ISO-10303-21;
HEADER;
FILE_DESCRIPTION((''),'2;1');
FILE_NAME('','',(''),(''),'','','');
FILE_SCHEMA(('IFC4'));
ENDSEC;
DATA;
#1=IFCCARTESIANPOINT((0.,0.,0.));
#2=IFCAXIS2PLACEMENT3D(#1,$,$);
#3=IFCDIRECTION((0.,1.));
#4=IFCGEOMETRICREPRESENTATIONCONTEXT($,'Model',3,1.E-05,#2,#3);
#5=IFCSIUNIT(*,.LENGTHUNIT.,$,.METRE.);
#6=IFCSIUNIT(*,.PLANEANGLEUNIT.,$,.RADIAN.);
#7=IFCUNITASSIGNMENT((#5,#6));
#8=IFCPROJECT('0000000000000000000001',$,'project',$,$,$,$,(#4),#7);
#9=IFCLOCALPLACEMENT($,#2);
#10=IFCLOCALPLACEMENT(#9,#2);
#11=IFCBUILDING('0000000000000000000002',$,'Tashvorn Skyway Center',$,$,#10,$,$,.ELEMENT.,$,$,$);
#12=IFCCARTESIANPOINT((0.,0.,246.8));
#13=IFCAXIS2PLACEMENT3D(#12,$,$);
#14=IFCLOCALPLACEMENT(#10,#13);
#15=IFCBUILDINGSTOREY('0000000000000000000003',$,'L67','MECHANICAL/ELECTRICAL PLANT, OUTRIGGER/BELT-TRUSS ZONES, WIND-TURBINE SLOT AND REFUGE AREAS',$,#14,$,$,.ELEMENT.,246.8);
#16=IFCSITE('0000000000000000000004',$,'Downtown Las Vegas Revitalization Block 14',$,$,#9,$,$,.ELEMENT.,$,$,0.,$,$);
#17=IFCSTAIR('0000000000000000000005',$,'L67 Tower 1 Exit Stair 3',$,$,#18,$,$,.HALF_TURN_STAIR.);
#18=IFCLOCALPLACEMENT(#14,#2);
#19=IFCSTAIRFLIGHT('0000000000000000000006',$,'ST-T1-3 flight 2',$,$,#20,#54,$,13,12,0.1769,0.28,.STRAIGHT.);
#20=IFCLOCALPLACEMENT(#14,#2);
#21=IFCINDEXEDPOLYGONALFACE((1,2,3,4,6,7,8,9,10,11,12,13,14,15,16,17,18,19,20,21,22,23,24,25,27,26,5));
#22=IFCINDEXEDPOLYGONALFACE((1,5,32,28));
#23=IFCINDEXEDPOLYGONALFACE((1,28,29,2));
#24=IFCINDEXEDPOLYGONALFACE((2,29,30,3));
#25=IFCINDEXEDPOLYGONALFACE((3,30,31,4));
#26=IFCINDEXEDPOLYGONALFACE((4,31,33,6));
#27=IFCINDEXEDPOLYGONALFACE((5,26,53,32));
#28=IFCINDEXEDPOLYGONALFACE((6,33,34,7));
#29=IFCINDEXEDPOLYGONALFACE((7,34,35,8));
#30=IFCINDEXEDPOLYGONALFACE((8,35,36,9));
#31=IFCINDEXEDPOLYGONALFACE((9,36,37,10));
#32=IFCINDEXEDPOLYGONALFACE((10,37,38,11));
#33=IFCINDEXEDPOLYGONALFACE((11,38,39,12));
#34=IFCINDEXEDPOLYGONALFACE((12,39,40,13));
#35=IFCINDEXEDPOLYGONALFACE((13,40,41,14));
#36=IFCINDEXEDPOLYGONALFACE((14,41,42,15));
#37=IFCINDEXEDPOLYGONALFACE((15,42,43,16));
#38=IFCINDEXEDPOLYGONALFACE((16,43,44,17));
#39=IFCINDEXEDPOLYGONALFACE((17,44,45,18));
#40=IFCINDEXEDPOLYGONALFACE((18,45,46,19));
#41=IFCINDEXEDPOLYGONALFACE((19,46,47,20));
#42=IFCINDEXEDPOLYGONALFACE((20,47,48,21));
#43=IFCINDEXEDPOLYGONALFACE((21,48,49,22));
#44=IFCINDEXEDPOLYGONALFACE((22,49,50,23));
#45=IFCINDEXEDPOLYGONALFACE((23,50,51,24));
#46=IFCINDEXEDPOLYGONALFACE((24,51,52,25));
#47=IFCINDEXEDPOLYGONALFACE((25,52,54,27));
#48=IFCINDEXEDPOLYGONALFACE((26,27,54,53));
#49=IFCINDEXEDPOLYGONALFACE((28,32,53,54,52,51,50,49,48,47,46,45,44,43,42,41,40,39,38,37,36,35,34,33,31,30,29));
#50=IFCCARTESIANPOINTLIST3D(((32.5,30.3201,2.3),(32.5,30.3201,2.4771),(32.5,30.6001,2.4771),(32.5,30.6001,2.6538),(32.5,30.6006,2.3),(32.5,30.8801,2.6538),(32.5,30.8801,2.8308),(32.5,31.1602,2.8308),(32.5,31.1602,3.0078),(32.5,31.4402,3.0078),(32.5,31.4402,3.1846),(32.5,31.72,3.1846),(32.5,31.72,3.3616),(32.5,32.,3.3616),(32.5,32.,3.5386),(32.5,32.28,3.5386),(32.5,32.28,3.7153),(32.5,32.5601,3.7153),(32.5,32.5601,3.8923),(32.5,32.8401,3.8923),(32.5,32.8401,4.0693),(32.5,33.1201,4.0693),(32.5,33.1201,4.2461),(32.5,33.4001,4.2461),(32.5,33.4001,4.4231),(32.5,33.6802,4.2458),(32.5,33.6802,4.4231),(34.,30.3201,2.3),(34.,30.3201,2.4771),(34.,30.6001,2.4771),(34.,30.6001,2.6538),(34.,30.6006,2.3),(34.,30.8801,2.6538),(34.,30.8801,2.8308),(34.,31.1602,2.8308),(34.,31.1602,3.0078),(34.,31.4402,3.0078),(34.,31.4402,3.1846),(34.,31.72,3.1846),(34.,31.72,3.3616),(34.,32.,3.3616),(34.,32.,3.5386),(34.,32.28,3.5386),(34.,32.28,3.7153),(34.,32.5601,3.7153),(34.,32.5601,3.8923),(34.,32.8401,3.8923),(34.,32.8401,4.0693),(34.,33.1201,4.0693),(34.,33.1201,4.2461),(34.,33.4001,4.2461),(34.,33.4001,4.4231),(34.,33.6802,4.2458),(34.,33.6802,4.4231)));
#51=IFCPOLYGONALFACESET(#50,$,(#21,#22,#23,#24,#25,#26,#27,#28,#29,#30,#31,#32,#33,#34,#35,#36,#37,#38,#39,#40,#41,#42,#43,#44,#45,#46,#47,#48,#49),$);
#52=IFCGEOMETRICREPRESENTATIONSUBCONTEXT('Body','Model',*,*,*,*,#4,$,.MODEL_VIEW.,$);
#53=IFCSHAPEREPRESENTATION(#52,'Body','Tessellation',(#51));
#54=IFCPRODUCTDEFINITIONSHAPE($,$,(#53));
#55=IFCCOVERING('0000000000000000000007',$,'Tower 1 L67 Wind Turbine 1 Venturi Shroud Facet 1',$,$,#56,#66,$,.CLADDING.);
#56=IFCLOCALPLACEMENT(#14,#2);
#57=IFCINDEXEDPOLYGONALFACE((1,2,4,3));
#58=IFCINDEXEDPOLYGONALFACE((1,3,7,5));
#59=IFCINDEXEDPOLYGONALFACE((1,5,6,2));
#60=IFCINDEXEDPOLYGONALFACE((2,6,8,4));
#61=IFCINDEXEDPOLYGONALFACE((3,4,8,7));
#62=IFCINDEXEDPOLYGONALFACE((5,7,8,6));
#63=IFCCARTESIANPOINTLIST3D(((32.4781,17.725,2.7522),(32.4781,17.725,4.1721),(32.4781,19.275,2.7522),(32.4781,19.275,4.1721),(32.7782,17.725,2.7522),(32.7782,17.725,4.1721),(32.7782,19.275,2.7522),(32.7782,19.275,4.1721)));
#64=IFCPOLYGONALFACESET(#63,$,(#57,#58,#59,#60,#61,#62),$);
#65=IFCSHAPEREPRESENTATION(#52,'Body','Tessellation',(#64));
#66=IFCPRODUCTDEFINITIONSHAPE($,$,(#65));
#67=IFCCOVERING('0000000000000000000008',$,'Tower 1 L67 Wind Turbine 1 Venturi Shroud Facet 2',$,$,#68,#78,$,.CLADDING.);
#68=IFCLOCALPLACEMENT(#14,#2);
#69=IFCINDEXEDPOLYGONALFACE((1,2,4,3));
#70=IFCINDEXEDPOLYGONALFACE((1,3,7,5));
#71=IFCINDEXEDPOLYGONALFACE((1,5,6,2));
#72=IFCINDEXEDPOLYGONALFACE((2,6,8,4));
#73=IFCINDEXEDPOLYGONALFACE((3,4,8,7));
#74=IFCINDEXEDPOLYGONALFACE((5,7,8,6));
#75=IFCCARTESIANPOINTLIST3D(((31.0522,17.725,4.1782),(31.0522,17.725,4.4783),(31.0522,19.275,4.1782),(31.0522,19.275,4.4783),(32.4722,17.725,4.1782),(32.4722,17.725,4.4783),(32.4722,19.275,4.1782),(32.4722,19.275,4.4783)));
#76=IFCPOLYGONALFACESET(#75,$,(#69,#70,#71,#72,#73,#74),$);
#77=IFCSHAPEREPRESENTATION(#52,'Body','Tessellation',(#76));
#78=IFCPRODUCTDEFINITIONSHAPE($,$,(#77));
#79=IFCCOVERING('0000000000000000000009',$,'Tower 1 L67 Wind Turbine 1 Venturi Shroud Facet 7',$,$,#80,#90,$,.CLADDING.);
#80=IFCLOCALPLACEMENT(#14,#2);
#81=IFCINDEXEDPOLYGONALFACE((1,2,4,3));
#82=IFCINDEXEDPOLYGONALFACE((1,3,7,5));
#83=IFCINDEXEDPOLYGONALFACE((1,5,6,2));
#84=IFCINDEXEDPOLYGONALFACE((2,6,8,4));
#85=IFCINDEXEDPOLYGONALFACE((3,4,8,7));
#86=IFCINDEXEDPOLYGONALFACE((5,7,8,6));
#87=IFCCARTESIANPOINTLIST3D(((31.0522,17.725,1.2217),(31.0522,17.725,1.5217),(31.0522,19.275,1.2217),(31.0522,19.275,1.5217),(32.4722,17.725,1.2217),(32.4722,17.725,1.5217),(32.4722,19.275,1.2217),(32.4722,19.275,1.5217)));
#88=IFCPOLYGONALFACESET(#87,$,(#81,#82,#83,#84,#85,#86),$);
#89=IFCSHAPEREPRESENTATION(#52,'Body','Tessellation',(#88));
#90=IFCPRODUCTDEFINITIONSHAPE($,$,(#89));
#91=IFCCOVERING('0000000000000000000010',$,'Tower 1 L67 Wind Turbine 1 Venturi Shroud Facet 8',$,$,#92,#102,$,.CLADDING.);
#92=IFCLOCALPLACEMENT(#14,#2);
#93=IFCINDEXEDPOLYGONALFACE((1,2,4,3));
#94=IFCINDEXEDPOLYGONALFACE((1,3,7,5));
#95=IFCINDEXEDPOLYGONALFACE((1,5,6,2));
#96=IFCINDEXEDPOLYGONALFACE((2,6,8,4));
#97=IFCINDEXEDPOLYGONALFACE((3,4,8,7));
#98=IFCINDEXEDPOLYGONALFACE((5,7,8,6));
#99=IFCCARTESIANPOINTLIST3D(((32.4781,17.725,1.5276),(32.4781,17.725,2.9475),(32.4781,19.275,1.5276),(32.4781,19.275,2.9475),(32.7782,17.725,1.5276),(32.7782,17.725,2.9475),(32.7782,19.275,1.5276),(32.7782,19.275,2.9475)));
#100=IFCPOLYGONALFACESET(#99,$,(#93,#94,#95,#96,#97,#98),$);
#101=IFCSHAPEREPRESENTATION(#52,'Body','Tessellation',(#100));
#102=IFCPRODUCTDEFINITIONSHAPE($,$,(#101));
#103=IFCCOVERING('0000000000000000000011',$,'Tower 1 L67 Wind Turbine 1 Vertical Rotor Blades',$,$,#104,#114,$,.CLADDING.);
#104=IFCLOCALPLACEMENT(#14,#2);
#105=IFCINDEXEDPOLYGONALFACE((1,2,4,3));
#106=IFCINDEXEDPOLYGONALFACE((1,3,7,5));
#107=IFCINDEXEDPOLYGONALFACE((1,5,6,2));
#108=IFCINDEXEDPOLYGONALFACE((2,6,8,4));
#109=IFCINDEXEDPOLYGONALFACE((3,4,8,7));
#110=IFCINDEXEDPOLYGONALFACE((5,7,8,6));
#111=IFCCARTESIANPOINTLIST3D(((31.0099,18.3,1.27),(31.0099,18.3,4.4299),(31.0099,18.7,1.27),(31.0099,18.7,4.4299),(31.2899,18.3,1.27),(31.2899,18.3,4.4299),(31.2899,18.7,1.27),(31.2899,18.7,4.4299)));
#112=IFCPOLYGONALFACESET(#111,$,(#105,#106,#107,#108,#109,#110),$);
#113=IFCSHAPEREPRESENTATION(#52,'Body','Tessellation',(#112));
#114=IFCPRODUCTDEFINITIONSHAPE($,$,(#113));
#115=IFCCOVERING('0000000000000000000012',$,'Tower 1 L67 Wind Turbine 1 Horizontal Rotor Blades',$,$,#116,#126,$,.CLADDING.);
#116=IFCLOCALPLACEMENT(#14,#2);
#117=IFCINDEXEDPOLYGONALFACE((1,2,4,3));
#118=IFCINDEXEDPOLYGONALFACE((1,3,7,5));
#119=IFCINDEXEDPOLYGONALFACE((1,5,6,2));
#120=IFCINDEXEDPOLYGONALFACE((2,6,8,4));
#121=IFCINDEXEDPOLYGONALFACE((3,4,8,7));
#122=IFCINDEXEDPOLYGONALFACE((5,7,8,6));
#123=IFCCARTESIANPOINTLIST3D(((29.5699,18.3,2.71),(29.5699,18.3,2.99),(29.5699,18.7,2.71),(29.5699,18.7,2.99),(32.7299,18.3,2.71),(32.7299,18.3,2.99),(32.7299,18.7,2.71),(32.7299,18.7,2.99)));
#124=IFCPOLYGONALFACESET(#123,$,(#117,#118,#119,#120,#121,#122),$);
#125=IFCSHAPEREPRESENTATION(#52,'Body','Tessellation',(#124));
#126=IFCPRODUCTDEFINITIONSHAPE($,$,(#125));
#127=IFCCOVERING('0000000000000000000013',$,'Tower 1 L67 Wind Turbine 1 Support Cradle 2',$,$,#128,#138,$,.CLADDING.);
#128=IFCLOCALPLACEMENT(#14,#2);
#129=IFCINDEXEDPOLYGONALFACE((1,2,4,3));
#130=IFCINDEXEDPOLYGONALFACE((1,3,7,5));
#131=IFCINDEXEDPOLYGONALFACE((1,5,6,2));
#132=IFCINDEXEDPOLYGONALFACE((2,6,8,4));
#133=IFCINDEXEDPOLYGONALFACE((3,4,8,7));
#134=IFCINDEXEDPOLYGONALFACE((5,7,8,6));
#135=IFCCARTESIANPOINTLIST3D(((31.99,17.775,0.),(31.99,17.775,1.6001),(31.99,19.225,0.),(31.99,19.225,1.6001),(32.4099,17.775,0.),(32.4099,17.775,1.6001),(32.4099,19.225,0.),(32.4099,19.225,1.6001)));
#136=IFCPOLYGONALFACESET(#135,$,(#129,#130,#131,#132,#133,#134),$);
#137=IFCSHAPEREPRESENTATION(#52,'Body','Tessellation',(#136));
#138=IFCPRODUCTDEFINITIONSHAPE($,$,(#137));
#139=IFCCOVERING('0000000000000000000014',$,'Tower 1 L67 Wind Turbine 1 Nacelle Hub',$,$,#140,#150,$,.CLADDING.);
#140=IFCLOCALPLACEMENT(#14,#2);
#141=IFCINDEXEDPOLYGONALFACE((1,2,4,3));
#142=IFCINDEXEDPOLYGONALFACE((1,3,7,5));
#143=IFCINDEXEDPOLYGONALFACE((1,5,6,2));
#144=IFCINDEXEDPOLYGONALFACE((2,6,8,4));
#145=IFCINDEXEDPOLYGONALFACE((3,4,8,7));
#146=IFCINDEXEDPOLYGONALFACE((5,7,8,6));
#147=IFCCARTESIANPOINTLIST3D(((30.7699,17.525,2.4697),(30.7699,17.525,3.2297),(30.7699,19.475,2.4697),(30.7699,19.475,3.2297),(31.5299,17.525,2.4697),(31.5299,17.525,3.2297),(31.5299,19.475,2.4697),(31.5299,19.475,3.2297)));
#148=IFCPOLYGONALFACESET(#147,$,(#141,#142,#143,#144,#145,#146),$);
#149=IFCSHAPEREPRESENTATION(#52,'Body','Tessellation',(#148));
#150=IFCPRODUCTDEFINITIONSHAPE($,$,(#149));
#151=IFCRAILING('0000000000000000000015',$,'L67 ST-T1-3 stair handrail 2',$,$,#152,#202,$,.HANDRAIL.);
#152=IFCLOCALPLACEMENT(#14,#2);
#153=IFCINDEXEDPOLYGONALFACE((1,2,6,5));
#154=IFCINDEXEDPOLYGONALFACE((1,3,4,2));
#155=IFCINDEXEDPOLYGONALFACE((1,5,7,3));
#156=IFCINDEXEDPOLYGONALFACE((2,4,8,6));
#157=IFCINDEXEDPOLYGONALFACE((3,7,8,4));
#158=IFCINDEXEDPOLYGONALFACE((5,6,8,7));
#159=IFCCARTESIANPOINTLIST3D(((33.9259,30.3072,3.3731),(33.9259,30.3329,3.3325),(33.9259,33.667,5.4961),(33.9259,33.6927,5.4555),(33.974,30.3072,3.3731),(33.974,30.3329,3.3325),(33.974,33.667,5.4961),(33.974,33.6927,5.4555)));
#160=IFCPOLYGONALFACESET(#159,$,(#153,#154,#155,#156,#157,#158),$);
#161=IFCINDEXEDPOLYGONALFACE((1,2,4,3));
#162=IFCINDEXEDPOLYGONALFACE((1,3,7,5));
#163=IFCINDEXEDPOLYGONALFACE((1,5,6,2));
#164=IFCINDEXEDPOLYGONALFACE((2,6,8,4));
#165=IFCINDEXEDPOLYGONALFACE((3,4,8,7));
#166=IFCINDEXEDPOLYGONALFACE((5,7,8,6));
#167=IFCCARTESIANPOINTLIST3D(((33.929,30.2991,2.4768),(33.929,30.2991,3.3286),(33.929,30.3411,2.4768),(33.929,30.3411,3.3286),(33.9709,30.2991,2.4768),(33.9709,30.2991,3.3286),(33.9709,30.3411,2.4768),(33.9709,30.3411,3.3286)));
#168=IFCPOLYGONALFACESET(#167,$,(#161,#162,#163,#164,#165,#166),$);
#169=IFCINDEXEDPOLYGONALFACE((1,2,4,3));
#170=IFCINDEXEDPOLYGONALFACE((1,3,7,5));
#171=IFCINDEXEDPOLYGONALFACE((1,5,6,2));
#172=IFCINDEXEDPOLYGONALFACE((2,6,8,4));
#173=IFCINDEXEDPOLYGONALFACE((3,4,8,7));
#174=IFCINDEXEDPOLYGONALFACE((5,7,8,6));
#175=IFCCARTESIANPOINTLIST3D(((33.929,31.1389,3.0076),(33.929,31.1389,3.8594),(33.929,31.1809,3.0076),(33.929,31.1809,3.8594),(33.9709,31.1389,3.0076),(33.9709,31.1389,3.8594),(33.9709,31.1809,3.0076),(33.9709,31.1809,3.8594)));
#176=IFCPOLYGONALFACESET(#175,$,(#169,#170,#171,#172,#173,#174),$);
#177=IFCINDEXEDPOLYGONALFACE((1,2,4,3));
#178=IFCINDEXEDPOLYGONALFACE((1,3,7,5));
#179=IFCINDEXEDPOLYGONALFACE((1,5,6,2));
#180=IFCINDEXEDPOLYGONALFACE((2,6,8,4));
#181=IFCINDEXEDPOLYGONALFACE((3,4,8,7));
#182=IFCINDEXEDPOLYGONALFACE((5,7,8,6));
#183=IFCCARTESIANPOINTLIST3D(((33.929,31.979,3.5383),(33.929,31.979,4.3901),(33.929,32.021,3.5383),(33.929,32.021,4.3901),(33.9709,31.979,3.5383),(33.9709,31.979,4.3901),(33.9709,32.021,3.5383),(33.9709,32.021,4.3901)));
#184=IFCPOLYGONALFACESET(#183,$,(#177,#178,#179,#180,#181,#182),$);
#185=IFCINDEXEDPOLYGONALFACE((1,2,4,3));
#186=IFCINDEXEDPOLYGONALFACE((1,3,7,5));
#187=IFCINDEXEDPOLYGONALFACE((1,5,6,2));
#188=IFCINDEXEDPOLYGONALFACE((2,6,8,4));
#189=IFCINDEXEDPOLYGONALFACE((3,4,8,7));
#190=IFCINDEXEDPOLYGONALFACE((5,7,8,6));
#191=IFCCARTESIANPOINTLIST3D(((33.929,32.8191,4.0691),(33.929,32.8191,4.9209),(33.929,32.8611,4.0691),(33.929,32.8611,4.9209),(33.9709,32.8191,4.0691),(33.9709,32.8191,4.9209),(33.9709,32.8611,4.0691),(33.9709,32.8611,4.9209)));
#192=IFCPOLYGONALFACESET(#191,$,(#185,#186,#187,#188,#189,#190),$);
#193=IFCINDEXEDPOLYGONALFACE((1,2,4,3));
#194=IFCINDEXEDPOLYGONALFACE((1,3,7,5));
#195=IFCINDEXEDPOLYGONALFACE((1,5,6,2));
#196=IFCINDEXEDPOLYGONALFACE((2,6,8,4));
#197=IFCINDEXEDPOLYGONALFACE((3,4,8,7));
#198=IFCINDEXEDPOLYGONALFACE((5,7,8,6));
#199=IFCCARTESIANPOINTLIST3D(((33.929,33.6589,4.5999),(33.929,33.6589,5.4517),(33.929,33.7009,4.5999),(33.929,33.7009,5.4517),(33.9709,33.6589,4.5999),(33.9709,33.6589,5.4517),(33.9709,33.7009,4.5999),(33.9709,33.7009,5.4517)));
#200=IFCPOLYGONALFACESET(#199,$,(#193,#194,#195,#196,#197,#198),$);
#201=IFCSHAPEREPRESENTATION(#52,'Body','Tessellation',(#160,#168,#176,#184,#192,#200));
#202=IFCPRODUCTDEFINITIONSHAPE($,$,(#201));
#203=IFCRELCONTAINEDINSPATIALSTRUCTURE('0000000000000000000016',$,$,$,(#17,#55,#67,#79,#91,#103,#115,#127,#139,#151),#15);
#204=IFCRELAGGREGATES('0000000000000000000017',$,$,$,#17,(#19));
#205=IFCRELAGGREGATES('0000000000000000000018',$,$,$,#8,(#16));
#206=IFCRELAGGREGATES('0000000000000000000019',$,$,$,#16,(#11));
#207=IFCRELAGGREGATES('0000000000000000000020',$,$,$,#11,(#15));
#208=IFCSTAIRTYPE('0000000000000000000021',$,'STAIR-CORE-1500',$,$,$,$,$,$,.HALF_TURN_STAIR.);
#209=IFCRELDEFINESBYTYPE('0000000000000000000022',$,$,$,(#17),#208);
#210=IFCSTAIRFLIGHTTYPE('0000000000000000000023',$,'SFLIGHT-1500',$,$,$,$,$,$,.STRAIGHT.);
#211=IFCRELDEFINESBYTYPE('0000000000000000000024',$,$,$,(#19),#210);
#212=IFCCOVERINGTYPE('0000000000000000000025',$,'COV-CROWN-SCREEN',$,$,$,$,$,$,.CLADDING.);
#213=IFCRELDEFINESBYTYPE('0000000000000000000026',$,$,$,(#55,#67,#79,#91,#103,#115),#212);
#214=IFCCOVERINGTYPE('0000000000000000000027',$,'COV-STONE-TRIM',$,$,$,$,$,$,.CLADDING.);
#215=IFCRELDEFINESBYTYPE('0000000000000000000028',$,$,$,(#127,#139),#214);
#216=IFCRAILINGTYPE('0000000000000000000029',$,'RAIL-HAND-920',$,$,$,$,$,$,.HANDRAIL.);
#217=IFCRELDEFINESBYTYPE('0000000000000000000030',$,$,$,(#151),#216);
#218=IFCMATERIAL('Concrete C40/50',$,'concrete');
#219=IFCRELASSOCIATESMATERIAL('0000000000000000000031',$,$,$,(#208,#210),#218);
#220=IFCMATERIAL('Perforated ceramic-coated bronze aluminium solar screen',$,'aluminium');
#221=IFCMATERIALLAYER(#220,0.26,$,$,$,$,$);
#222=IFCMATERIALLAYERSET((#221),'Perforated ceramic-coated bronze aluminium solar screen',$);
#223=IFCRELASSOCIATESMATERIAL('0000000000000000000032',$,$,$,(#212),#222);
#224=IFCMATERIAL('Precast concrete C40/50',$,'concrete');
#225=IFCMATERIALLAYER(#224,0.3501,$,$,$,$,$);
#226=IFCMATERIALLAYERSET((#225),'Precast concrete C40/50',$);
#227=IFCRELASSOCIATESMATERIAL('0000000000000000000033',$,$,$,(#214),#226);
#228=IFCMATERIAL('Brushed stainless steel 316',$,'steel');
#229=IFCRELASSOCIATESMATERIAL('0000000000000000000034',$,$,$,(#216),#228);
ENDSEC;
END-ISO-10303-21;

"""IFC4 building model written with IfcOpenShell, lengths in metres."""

from ifc_helpers import new_model, si_unit, direction, frame, origin, origin_2d, place, context, subcontext, project, spatial, polyline, rectangle, outline, extrude, material, layer, layer_set, type_object, element, aggregate, save


model = new_model("IFC4")

# Units and contexts
model_context = context("Model", 3, precision=1e-05, world=origin(), true_north=direction((0.0, 1.0)))
body_context = subcontext(model_context, "Body", "Model", "MODEL_VIEW")
ifc_project = project(units=[si_unit("LENGTHUNIT", "METRE"), si_unit("PLANEANGLEUNIT", "RADIAN")], contexts=[model_context])

# Site, building, storey
site_placement = place(None, origin())
site = spatial("IfcSite", under=ifc_project, at=site_placement, Name="Downtown Las Vegas Revitalization Block 14", CompositionType="ELEMENT", RefElevation=0.0)
building_placement = place(site_placement, origin())
building = spatial("IfcBuilding", under=site, at=building_placement, Name="Tashvorn Skyway Center", CompositionType="ELEMENT")
storey_placement = place(building_placement, frame((0.0, 0.0, 246.8)))
storey = spatial("IfcBuildingStorey", under=building, at=storey_placement, Name="L67", Description="MECHANICAL/ELECTRICAL PLANT, OUTRIGGER/BELT-TRUSS ZONES, WIND-TURBINE SLOT AND REFUGE AREAS", CompositionType="ELEMENT", Elevation=246.8)

# Shared definitions
ifc_material_1 = material(Name="Concrete C40/50", Category="concrete")

# Stair, stair flight
stair_type = type_object("IfcStairType", Name="STAIR-CORE-1500", PredefinedType="HALF_TURN_STAIR", material=ifc_material_1)
stair_placement = place(storey_placement, origin())
stair = element("IfcStair", 1, at=stair_placement, inside=storey, type_object=stair_type, Name="L67 Tower 1 Exit Stair 3", PredefinedType="HALF_TURN_STAIR")
stair_flight_type = type_object("IfcStairFlightType", Name="SFLIGHT-1500", PredefinedType="STRAIGHT", material=ifc_material_1)
stair_flight_placement = place(storey_placement, frame((33.25, 30.3201, 2.3), z_axis=(0.0, 0.0, 1.0), x_axis=(0.0, 1.0, 0.0)))
stair_flight = element("IfcStairFlight", 2, at=stair_flight_placement, type_object=stair_flight_type, Name="ST-T1-3 flight 2", NumberOfRisers=13, NumberOfTreads=12, PredefinedType="STRAIGHT", RiserHeight=0.1769, TreadLength=0.28, context=body_context, shape_type="SweptSolid", body=[
    extrude(outline(polyline([(0.0, 0.0), (0.0, 0.177), (0.28, 0.177), (0.28, 0.3538), (0.5601, 0.3538), (0.5601, 0.5308), (0.8401, 0.5308), (0.8401, 0.7078), (1.1201, 0.7078), (1.1201, 0.8845), (1.3999, 0.8845), (1.3999, 1.0615), (1.6799, 1.0615), (1.6799, 1.2385), (1.96, 1.2385), (1.96, 1.4153), (2.24, 1.4153), (2.24, 1.5923), (2.52, 1.5923), (2.52, 1.7693), (2.8, 1.7693), (2.8, 1.946), (3.0801, 1.946), (3.0801, 2.123), (3.3601, 2.123), (3.3601, 2.3), (3.3601, 1.9458), (0.2805, 0.0), (0.0, 0.0)])), frame((0.0, 0.75, 0.0), z_axis=(0.0, -1.0, 0.0), x_axis=(1.0, 0.0, 0.0)), (0.0, 0.0, 1.0), 1.5),
])
aggregate(stair, [stair_flight])

# Coverings
ifc_material_2 = material(Name="Perforated ceramic-coated bronze aluminium solar screen", Category="aluminium")
ifc_layer_1 = layer(ifc_material_2, 0.26)
ifc_layer_set_1 = layer_set([ifc_layer_1], Name="Perforated ceramic-coated bronze aluminium solar screen")
covering_type_1 = type_object("IfcCoveringType", Name="COV-CROWN-SCREEN", PredefinedType="CLADDING", material=ifc_layer_set_1)
covering_1_placement = place(storey_placement, frame((32.6282, 18.5, 2.7522), z_axis=(0.0, 0.0, 1.0), x_axis=(1.0, 0.0, 0.0)))
element("IfcCovering", 3, at=covering_1_placement, inside=storey, type_object=covering_type_1, Name="Tower 1 L67 Wind Turbine 1 Venturi Shroud Facet 1", PredefinedType="CLADDING", context=body_context, shape_type="SweptSolid", body=[
    extrude(rectangle(XDim=0.3, YDim=1.55, at=origin_2d()), origin(), (0.0, 0.0, 1.0), 1.4199),
])
for number, where, z_axis, x_axis, name in (
    (4, (31.7622, 18.5, 4.1782), (0.0, 0.0, 1.0), (1.0, 0.0, 0.0), "Tower 1 L67 Wind Turbine 1 Venturi Shroud Facet 2"),
    (5, (31.7622, 18.5, 1.2217), (0.0, 0.0, 1.0), (1.0, 0.0, 0.0), "Tower 1 L67 Wind Turbine 1 Venturi Shroud Facet 7"),
):
    element("IfcCovering", number, at=place(storey_placement, frame(where, z_axis=z_axis, x_axis=x_axis)), inside=storey, type_object=covering_type_1, Name=name, PredefinedType="CLADDING", context=body_context, shape_type="SweptSolid", body=[
        extrude(rectangle(XDim=1.4199, YDim=1.55, at=origin_2d()), origin(), (0.0, 0.0, 1.0), 0.3),
    ])
covering_2_placement = place(storey_placement, frame((32.6282, 18.5, 1.5276), z_axis=(0.0, 0.0, 1.0), x_axis=(1.0, 0.0, 0.0)))
element("IfcCovering", 6, at=covering_2_placement, inside=storey, type_object=covering_type_1, Name="Tower 1 L67 Wind Turbine 1 Venturi Shroud Facet 8", PredefinedType="CLADDING", context=body_context, shape_type="SweptSolid", body=[
    extrude(rectangle(XDim=0.3, YDim=1.55, at=origin_2d()), origin(), (0.0, 0.0, 1.0), 1.4199),
])
covering_3_placement = place(storey_placement, frame((31.1499, 18.5, 1.27), z_axis=(0.0, 0.0, 1.0), x_axis=(1.0, 0.0, 0.0)))
element("IfcCovering", 7, at=covering_3_placement, inside=storey, type_object=covering_type_1, Name="Tower 1 L67 Wind Turbine 1 Vertical Rotor Blades", PredefinedType="CLADDING", context=body_context, shape_type="SweptSolid", body=[
    extrude(rectangle(XDim=0.28, YDim=0.3999, at=origin_2d()), origin(), (0.0, 0.0, 1.0), 3.1599),
])
covering_4_placement = place(storey_placement, frame((31.1499, 18.5, 2.71), z_axis=(0.0, 0.0, 1.0), x_axis=(1.0, 0.0, 0.0)))
element("IfcCovering", 8, at=covering_4_placement, inside=storey, type_object=covering_type_1, Name="Tower 1 L67 Wind Turbine 1 Horizontal Rotor Blades", PredefinedType="CLADDING", context=body_context, shape_type="SweptSolid", body=[
    extrude(rectangle(XDim=3.1599, YDim=0.3999, at=origin_2d()), origin(), (0.0, 0.0, 1.0), 0.28),
])
ifc_material_3 = material(Name="Precast concrete C40/50", Category="concrete")
ifc_layer_2 = layer(ifc_material_3, 0.3501)
ifc_layer_set_2 = layer_set([ifc_layer_2], Name="Precast concrete C40/50")
covering_type_2 = type_object("IfcCoveringType", Name="COV-STONE-TRIM", PredefinedType="CLADDING", material=ifc_layer_set_2)
covering_5_placement = place(storey_placement, frame((32.2, 18.5, 0.0), z_axis=(0.0, 0.0, 1.0), x_axis=(1.0, 0.0, 0.0)))
element("IfcCovering", 9, at=covering_5_placement, inside=storey, type_object=covering_type_2, Name="Tower 1 L67 Wind Turbine 1 Support Cradle 2", PredefinedType="CLADDING", context=body_context, shape_type="SweptSolid", body=[
    extrude(rectangle(XDim=0.4199, YDim=1.45, at=origin_2d()), origin(), (0.0, 0.0, 1.0), 1.6001),
])
covering_6_placement = place(storey_placement, frame((31.1499, 18.5, 2.4697), z_axis=(0.0, 0.0, 1.0), x_axis=(1.0, 0.0, 0.0)))
element("IfcCovering", 10, at=covering_6_placement, inside=storey, type_object=covering_type_2, Name="Tower 1 L67 Wind Turbine 1 Nacelle Hub", PredefinedType="CLADDING", context=body_context, shape_type="SweptSolid", body=[
    extrude(rectangle(XDim=0.76, YDim=1.95, at=origin_2d()), origin(), (0.0, 0.0, 1.0), 0.76),
])

# Railing
ifc_material_4 = material(Name="Brushed stainless steel 316", Category="steel")
railing_type_1 = type_object("IfcRailingType", Name="RAIL-HAND-920", PredefinedType="HANDRAIL", material=ifc_material_4)
railing_1_placement = place(storey_placement, frame((33.95, 30.3201, 2.4768)))
element("IfcRailing", 11, at=railing_1_placement, inside=storey, type_object=railing_type_1, Name="L67 ST-T1-3 stair handrail 2", PredefinedType="HANDRAIL", context=body_context, shape_type="SweptSolid", body=[
    extrude(rectangle(XDim=0.0481, YDim=0.0481, at=origin_2d()), frame((0.0, 0.0, 0.876), z_axis=(0.0, 0.845372, 0.534178), x_axis=(-1.0, 0.0, 0.0)), (0.0, 0.0, 1.0), 3.9744),
    extrude(rectangle(XDim=0.042, YDim=0.042, at=origin_2d()), origin(), (0.0, 0.0, 1.0), 0.8518),
    extrude(rectangle(XDim=0.042, YDim=0.042, at=origin_2d()), frame((0.0, 0.8398, 0.5308)), (0.0, 0.0, 1.0), 0.8518),
    extrude(rectangle(XDim=0.042, YDim=0.042, at=origin_2d()), frame((0.0, 1.6799, 1.0615)), (0.0, 0.0, 1.0), 0.8518),
    extrude(rectangle(XDim=0.042, YDim=0.042, at=origin_2d()), frame((0.0, 2.52, 1.5923)), (0.0, 0.0, 1.0), 0.8518),
    extrude(rectangle(XDim=0.042, YDim=0.042, at=origin_2d()), frame((0.0, 3.3599, 2.123)), (0.0, 0.0, 1.0), 0.8518),
])

save(model, "model.ifc")
